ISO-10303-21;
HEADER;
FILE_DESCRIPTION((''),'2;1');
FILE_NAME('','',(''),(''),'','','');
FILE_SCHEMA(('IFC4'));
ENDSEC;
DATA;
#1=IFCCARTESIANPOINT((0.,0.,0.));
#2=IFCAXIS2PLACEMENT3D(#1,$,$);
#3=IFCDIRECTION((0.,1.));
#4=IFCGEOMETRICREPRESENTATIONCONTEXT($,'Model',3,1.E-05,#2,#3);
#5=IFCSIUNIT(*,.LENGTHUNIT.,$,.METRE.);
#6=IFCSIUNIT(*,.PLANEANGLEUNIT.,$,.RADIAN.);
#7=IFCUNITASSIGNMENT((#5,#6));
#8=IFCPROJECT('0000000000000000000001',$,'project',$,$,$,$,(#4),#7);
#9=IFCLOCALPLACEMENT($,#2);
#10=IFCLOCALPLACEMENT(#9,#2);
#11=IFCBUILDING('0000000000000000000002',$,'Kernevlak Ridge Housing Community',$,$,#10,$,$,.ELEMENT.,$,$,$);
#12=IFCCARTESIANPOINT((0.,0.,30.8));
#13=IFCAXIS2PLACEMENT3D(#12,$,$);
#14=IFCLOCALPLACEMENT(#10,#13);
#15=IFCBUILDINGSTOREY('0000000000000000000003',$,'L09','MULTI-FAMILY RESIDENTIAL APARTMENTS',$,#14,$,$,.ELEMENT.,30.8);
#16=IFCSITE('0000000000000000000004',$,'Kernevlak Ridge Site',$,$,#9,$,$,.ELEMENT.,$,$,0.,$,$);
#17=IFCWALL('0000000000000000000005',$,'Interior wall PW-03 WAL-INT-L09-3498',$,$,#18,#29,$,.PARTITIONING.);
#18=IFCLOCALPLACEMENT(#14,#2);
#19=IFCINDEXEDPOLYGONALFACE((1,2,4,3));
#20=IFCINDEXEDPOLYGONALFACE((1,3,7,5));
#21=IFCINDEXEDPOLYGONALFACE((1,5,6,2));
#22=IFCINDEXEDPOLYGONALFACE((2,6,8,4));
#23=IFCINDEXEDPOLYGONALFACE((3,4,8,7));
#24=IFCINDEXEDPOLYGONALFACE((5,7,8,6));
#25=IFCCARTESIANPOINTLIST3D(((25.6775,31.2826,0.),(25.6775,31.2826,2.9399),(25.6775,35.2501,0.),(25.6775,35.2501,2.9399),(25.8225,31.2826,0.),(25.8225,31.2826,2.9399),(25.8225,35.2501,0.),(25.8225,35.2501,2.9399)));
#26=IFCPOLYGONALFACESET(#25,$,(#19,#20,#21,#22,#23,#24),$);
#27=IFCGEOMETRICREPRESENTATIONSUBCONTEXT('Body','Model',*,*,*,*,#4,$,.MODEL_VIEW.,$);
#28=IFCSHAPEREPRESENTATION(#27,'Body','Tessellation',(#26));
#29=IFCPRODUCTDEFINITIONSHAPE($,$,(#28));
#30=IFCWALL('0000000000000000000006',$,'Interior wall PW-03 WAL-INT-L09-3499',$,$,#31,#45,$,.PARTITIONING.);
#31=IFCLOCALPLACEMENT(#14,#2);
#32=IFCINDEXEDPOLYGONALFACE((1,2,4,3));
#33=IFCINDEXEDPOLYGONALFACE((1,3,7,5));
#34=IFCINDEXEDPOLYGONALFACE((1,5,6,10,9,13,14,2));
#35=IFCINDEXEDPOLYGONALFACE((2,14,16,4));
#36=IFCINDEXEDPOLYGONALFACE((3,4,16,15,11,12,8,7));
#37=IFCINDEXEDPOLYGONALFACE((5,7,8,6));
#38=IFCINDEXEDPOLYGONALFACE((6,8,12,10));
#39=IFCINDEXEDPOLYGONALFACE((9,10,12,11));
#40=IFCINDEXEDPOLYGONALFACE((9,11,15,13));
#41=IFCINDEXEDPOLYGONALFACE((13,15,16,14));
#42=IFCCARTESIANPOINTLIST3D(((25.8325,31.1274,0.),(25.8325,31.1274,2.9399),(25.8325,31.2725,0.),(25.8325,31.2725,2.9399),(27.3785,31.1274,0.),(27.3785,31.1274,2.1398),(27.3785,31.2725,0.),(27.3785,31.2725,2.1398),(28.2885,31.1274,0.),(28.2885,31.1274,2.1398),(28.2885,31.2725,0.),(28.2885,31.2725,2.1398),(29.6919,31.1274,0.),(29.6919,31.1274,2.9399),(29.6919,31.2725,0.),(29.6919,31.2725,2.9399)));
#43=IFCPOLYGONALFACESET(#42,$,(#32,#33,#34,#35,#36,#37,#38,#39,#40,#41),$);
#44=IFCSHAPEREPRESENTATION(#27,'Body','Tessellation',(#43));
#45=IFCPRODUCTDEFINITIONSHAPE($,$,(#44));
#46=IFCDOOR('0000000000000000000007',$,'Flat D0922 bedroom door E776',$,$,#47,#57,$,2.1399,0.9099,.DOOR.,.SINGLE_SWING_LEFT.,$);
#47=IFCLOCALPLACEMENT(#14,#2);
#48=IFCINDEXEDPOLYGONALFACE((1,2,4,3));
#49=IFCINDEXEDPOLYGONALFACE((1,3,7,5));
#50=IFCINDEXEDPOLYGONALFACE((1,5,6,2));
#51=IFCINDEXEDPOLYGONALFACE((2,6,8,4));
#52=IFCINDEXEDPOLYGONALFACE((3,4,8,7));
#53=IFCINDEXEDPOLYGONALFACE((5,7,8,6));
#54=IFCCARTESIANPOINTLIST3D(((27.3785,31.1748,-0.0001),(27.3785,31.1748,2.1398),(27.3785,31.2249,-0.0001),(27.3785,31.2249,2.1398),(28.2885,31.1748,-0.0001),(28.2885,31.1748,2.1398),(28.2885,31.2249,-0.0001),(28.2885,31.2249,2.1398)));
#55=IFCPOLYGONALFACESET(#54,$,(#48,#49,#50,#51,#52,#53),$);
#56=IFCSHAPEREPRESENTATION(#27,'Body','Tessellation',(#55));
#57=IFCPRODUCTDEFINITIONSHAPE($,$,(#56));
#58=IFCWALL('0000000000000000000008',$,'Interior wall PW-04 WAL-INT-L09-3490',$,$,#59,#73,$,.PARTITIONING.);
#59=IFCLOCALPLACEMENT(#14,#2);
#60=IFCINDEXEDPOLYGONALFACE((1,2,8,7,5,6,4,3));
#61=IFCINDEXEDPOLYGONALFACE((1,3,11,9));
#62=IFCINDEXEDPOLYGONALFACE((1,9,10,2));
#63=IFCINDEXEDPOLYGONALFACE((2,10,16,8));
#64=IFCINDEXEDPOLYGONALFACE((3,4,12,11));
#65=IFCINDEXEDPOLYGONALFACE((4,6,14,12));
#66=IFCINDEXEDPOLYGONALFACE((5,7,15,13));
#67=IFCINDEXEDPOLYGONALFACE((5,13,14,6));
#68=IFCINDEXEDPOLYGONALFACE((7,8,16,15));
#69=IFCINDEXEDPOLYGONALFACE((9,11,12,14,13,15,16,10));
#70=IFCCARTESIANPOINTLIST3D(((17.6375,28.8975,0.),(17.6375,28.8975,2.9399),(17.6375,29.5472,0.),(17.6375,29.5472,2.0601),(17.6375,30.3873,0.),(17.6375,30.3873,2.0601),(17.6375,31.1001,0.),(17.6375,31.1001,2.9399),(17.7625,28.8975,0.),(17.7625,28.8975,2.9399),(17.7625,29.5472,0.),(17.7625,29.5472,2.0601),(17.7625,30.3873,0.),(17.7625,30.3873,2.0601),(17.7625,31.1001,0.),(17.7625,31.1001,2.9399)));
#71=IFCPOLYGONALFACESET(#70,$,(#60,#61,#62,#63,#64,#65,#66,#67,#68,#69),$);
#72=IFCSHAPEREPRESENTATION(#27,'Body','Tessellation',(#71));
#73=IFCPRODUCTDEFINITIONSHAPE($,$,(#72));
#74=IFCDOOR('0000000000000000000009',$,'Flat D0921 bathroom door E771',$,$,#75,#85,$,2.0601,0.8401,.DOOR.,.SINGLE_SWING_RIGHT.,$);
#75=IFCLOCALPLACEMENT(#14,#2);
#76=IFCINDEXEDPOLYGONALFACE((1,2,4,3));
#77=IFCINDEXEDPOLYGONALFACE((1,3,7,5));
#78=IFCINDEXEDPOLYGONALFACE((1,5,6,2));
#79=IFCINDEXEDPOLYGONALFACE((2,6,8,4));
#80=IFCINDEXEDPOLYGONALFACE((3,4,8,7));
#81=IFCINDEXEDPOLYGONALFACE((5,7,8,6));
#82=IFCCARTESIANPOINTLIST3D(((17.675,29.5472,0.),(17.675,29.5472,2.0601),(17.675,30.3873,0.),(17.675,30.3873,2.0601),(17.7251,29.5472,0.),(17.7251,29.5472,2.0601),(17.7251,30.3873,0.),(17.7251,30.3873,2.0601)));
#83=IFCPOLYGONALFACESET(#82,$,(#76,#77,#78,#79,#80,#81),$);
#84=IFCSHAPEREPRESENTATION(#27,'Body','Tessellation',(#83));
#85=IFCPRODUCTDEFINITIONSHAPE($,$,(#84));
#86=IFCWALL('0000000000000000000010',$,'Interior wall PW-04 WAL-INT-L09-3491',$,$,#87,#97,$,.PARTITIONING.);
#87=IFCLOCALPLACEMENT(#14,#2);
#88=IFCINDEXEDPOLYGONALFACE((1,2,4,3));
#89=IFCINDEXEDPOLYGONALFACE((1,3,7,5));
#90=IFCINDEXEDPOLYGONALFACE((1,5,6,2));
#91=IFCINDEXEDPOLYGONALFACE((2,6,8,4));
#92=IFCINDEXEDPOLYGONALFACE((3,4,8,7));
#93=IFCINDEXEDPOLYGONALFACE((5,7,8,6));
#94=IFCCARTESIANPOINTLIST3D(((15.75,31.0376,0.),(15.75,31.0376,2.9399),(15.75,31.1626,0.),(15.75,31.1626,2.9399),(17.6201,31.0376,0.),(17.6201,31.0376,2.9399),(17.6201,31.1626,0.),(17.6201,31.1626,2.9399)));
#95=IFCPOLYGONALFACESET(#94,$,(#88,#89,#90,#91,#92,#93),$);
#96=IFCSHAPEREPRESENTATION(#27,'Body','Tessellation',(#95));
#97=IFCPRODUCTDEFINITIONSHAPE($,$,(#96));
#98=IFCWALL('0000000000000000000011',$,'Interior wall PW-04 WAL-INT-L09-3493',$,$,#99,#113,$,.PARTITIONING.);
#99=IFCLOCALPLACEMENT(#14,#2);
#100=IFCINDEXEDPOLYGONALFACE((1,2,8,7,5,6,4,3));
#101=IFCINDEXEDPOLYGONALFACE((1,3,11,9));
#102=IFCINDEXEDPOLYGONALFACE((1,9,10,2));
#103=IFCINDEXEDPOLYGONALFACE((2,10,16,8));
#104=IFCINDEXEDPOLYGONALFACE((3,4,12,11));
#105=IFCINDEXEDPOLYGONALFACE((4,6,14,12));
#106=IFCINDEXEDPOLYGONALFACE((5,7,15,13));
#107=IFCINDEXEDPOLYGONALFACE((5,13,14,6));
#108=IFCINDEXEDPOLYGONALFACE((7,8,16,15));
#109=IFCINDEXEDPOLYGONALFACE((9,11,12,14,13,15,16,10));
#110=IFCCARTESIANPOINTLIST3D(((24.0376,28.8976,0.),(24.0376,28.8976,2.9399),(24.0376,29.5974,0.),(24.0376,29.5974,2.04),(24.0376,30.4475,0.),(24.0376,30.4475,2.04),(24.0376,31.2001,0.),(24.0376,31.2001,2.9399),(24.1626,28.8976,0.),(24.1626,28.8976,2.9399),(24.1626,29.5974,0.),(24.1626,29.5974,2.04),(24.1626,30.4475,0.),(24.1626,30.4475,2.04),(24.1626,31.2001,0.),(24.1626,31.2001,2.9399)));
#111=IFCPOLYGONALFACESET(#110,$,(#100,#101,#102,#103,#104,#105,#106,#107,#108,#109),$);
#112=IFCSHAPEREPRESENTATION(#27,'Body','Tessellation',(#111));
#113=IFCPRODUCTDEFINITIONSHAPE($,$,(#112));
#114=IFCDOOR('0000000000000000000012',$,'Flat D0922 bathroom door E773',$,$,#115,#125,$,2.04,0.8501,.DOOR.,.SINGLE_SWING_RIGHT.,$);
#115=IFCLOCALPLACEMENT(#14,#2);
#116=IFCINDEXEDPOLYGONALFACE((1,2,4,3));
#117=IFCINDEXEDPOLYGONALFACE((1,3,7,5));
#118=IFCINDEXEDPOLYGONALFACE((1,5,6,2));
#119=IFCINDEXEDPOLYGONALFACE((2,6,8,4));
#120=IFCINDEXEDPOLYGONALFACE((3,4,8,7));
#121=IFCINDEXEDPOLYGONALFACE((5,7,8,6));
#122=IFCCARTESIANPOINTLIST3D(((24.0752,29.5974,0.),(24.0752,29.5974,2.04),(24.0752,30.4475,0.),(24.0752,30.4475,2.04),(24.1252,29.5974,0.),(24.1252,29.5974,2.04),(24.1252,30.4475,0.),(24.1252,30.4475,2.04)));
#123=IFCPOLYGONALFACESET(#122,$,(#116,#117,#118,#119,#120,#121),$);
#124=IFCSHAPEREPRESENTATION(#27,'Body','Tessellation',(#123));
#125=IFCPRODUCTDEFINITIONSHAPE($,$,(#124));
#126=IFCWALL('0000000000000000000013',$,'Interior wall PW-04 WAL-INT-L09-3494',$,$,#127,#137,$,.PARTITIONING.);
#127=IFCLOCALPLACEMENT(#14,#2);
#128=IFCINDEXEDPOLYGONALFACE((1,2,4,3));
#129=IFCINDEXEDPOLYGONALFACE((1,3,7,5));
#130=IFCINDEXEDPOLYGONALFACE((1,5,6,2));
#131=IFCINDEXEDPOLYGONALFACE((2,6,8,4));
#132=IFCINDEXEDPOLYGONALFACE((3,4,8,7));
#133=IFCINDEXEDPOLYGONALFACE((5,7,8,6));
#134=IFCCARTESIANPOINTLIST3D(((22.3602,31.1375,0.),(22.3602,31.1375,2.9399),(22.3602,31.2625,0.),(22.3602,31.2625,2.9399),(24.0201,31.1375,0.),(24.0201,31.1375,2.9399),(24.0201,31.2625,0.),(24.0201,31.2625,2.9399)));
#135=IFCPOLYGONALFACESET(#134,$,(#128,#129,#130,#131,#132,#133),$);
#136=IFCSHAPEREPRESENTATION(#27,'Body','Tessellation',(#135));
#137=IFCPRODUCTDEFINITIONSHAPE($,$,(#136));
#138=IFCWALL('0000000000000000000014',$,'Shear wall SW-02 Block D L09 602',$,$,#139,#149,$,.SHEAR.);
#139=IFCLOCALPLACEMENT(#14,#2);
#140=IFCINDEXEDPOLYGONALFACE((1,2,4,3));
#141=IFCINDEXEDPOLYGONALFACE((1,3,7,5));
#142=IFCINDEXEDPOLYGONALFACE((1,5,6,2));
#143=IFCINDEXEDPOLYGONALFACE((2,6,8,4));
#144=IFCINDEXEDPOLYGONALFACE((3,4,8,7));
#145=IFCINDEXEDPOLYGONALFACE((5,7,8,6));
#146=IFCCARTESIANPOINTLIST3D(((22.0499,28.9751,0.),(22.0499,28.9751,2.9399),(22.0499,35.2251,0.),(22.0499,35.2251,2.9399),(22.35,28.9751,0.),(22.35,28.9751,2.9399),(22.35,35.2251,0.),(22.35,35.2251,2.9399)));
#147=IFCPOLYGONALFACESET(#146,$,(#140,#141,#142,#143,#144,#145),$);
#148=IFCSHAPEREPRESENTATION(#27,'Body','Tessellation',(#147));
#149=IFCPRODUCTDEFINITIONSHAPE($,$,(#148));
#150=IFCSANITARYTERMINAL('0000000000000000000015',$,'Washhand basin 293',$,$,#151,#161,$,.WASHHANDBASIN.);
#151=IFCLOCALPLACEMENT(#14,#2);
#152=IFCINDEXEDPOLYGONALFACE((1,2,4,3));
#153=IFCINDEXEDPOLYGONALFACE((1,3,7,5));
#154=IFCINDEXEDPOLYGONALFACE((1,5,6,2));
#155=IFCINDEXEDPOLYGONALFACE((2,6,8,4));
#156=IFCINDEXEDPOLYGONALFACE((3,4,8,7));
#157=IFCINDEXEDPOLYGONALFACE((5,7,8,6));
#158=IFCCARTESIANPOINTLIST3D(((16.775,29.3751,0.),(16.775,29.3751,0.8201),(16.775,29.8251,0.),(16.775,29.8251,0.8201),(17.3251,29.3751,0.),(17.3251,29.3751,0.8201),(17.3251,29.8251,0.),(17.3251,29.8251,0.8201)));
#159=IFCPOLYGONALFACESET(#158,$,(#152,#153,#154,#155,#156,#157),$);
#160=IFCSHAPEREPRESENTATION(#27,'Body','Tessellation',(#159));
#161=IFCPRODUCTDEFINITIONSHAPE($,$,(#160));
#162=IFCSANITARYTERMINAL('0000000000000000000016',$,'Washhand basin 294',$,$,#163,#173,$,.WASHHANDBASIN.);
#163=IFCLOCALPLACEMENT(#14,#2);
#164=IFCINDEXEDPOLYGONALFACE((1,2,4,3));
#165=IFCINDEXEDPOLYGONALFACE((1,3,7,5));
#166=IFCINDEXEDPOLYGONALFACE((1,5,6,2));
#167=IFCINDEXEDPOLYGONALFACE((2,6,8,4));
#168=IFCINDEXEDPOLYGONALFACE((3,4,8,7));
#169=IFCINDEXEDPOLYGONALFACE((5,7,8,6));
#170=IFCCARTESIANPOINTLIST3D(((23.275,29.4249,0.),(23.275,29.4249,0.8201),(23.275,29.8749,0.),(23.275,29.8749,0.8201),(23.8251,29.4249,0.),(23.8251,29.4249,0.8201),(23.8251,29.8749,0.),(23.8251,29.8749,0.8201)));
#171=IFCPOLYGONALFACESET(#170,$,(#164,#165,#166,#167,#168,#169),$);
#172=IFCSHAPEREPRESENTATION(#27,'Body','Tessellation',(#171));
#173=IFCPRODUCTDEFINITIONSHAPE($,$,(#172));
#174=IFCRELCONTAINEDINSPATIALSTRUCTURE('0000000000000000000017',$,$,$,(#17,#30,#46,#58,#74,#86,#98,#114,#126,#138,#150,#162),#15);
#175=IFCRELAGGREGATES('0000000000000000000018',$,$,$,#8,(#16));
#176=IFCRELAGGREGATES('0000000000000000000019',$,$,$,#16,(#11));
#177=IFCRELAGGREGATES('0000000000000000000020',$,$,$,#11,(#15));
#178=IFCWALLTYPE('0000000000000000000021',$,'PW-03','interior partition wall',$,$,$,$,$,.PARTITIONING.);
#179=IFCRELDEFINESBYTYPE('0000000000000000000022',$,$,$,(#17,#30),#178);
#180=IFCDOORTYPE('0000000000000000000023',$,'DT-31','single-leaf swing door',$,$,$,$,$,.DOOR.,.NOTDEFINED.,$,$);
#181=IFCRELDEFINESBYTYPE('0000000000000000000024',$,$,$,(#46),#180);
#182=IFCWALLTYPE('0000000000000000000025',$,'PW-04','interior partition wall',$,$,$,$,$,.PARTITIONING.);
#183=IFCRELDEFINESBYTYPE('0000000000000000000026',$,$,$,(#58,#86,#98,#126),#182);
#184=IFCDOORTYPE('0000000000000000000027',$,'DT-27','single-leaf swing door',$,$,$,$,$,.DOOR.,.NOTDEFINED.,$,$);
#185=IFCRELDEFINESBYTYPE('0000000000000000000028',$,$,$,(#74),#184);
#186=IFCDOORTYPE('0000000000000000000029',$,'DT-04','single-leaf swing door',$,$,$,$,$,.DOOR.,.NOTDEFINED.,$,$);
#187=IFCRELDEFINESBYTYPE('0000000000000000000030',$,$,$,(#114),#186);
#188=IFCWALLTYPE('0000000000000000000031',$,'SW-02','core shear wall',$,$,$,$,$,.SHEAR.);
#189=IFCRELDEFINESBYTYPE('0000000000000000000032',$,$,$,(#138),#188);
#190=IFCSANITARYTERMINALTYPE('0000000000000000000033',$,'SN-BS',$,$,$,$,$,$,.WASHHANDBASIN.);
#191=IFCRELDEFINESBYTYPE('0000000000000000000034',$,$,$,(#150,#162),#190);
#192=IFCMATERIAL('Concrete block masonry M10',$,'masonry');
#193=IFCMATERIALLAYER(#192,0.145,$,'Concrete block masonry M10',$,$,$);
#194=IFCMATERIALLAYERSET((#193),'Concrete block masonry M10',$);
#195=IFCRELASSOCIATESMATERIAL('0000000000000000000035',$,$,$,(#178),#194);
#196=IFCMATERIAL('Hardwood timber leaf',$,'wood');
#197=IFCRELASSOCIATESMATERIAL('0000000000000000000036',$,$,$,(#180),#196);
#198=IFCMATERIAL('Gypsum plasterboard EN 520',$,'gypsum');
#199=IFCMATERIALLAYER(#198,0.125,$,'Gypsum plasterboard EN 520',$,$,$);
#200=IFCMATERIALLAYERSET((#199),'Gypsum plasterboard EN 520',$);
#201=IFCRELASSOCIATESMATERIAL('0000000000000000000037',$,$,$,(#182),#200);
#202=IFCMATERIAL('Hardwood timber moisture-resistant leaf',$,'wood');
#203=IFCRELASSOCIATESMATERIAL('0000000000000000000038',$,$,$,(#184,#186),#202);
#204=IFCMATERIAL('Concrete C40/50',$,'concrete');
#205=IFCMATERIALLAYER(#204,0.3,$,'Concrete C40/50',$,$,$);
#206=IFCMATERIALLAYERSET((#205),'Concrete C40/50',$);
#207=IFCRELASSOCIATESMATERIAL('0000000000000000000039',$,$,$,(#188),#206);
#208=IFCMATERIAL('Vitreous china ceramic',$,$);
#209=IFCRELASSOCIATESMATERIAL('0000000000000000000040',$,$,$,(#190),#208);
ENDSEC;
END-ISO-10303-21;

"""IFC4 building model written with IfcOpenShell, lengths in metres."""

from ifc_helpers import new_model, si_unit, direction, frame, frame_2d, origin, origin_2d, place, context, subcontext, project, spatial, rectangle, extrude, material, layer, layer_set, type_object, element, fill, save


model = new_model("IFC4")

# Units and contexts
model_context = context("Model", 3, precision=1e-05, world=origin(), true_north=direction((0.0, 1.0)))
body_context = subcontext(model_context, "Body", "Model", "MODEL_VIEW")
ifc_project = project(units=[si_unit("LENGTHUNIT", "METRE"), si_unit("PLANEANGLEUNIT", "RADIAN")], contexts=[model_context])

# Site, building, storey
site_placement = place(None, origin())
site = spatial("IfcSite", under=ifc_project, at=site_placement, Name="Kernevlak Ridge Site", CompositionType="ELEMENT", RefElevation=0.0)
building_placement = place(site_placement, origin())
building = spatial("IfcBuilding", under=site, at=building_placement, Name="Kernevlak Ridge Housing Community", CompositionType="ELEMENT")
storey_placement = place(building_placement, frame((0.0, 0.0, 30.8)))
storey = spatial("IfcBuildingStorey", under=building, at=storey_placement, Name="L09", Description="MULTI-FAMILY RESIDENTIAL APARTMENTS", CompositionType="ELEMENT", Elevation=30.8)

# Shared definitions
ifc_material_1 = material(Name="Concrete block masonry M10", Category="masonry")

# Shared definitions
ifc_layer_1 = layer(ifc_material_1, 0.145, Name="Concrete block masonry M10")
ifc_layer_set_1 = layer_set([ifc_layer_1], Name="Concrete block masonry M10")
wall_type_1 = type_object("IfcWallType", Name="PW-03", Description="interior partition wall", PredefinedType="PARTITIONING", material=ifc_layer_set_1)
ifc_material_2 = material(Name="Hardwood timber leaf", Category="wood")

# Wall
wall_1_placement = place(storey_placement, frame((25.75, 31.2825, 0.0), z_axis=(0.0, 0.0, 1.0), x_axis=(0.0, 1.0, 0.0)))
element("IfcWall", 1, at=wall_1_placement, inside=storey, type_object=wall_type_1, Name="Interior wall PW-03 WAL-INT-L09-3498", PredefinedType="PARTITIONING", context=body_context, shape_type="SweptSolid", body=[
    extrude(rectangle(XDim=3.9675, YDim=0.145, at=frame_2d((1.9839, 0.0))), origin(), (0.0, 0.0, 1.0), 2.9399),
])

# Walls, openings, doors
wall_2_placement = place(storey_placement, frame((25.8325, 31.2, 0.0), z_axis=(0.0, 0.0, 1.0), x_axis=(1.0, 0.0, 0.0)))
wall_2 = element("IfcWall", 2, at=wall_2_placement, inside=storey, type_object=wall_type_1, Name="Interior wall PW-03 WAL-INT-L09-3499", PredefinedType="PARTITIONING", context=body_context, shape_type="SweptSolid", body=[
    extrude(rectangle(XDim=3.8594, YDim=0.145, at=frame_2d((1.9297, 0.0))), origin(), (0.0, 0.0, 1.0), 2.9399),
])
opening_1_placement = place(wall_2_placement, frame((1.5459, 0.0, 0.0)))
opening_1 = element("IfcOpeningElement", 3, at=opening_1_placement, cuts=wall_2, PredefinedType="OPENING", context=body_context, shape_type="SweptSolid", body=[
    extrude(rectangle(XDim=0.9099, YDim=2.1399, at=frame_2d((0.4551, 1.0698))), frame((0.0, 0.0825, 0.0), z_axis=(0.0, -1.0, 0.0), x_axis=(1.0, 0.0, 0.0)), (0.0, 0.0, 1.0), 0.165),
])
door_type_1 = type_object("IfcDoorType", Name="DT-31", Description="single-leaf swing door", OperationType="NOTDEFINED", PredefinedType="DOOR", material=ifc_material_2)
door_1_placement = place(opening_1_placement, origin())
door_1 = element("IfcDoor", 4, at=door_1_placement, inside=storey, type_object=door_type_1, Name="Flat D0922 bedroom door E776", OperationType="SINGLE_SWING_LEFT", OverallHeight=2.1399, OverallWidth=0.9099, PredefinedType="DOOR", context=body_context, shape_type="SweptSolid", body=[
    extrude(rectangle(XDim=0.9099, YDim=2.1399, at=frame_2d((0.4551, 1.0698))), frame((0.0, 0.0249, 0.0), z_axis=(0.0, -1.0, 0.0), x_axis=(1.0, 0.0, 0.0)), (0.0, 0.0, 1.0), 0.05),
])
fill(opening_1, door_1)
ifc_material_3 = material(Name="Gypsum plasterboard EN 520", Category="gypsum")
ifc_layer_2 = layer(ifc_material_3, 0.125, Name="Gypsum plasterboard EN 520")
ifc_layer_set_2 = layer_set([ifc_layer_2], Name="Gypsum plasterboard EN 520")
wall_type_2 = type_object("IfcWallType", Name="PW-04", Description="interior partition wall", PredefinedType="PARTITIONING", material=ifc_layer_set_2)
wall_3_placement = place(storey_placement, frame((17.7, 28.8975, 0.0), z_axis=(0.0, 0.0, 1.0), x_axis=(0.0, 1.0, 0.0)))
wall_3 = element("IfcWall", 5, at=wall_3_placement, inside=storey, type_object=wall_type_2, Name="Interior wall PW-04 WAL-INT-L09-3490", PredefinedType="PARTITIONING", context=body_context, shape_type="SweptSolid", body=[
    extrude(rectangle(XDim=2.2026, YDim=0.125, at=frame_2d((1.1013, 0.0))), origin(), (0.0, 0.0, 1.0), 2.9399),
])
opening_2_placement = place(wall_3_placement, frame((0.6499, 0.0, 0.0)))
opening_2 = element("IfcOpeningElement", 6, at=opening_2_placement, cuts=wall_3, PredefinedType="OPENING", context=body_context, shape_type="SweptSolid", body=[
    extrude(rectangle(XDim=0.8401, YDim=2.0601, at=frame_2d((0.4199, 1.03))), frame((0.0, 0.0725, 0.0), z_axis=(0.0, -1.0, 0.0), x_axis=(1.0, 0.0, 0.0)), (0.0, 0.0, 1.0), 0.145),
])
ifc_material_4 = material(Name="Hardwood timber moisture-resistant leaf", Category="wood")
door_type_2 = type_object("IfcDoorType", Name="DT-27", Description="single-leaf swing door", OperationType="NOTDEFINED", PredefinedType="DOOR", material=ifc_material_4)
door_2_placement = place(opening_2_placement, origin())
door_2 = element("IfcDoor", 7, at=door_2_placement, inside=storey, type_object=door_type_2, Name="Flat D0921 bathroom door E771", OperationType="SINGLE_SWING_RIGHT", OverallHeight=2.0601, OverallWidth=0.8401, PredefinedType="DOOR", context=body_context, shape_type="SweptSolid", body=[
    extrude(rectangle(XDim=0.8401, YDim=2.0601, at=frame_2d((0.4199, 1.03))), frame((0.0, 0.0249, 0.0), z_axis=(0.0, -1.0, 0.0), x_axis=(1.0, 0.0, 0.0)), (0.0, 0.0, 1.0), 0.05),
])
fill(opening_2, door_2)

# Wall
wall_4_placement = place(storey_placement, frame((15.75, 31.1001, 0.0), z_axis=(0.0, 0.0, 1.0), x_axis=(1.0, 0.0, 0.0)))
element("IfcWall", 8, at=wall_4_placement, inside=storey, type_object=wall_type_2, Name="Interior wall PW-04 WAL-INT-L09-3491", PredefinedType="PARTITIONING", context=body_context, shape_type="SweptSolid", body=[
    extrude(rectangle(XDim=1.8701, YDim=0.125, at=frame_2d((0.9351, 0.0))), origin(), (0.0, 0.0, 1.0), 2.9399),
])

# Wall, opening, door
wall_5_placement = place(storey_placement, frame((24.1001, 28.8975, 0.0), z_axis=(0.0, 0.0, 1.0), x_axis=(0.0, 1.0, 0.0)))
wall_5 = element("IfcWall", 9, at=wall_5_placement, inside=storey, type_object=wall_type_2, Name="Interior wall PW-04 WAL-INT-L09-3493", PredefinedType="PARTITIONING", context=body_context, shape_type="SweptSolid", body=[
    extrude(rectangle(XDim=2.3025, YDim=0.125, at=frame_2d((1.1514, 0.0))), origin(), (0.0, 0.0, 1.0), 2.9399),
])
opening_3_placement = place(wall_5_placement, frame((0.7, 0.0, 0.0)))
opening_3 = element("IfcOpeningElement", 10, at=opening_3_placement, cuts=wall_5, PredefinedType="OPENING", context=body_context, shape_type="SweptSolid", body=[
    extrude(rectangle(XDim=0.8501, YDim=2.04, at=frame_2d((0.425, 1.02))), frame((0.0, 0.0725, 0.0), z_axis=(0.0, -1.0, 0.0), x_axis=(1.0, 0.0, 0.0)), (0.0, 0.0, 1.0), 0.145),
])
door_type_3 = type_object("IfcDoorType", Name="DT-04", Description="single-leaf swing door", OperationType="NOTDEFINED", PredefinedType="DOOR", material=ifc_material_4)
door_3_placement = place(opening_3_placement, origin())
door_3 = element("IfcDoor", 11, at=door_3_placement, inside=storey, type_object=door_type_3, Name="Flat D0922 bathroom door E773", OperationType="SINGLE_SWING_RIGHT", OverallHeight=2.04, OverallWidth=0.8501, PredefinedType="DOOR", context=body_context, shape_type="SweptSolid", body=[
    extrude(rectangle(XDim=0.8501, YDim=2.04, at=frame_2d((0.425, 1.02))), frame((0.0, 0.0249, 0.0), z_axis=(0.0, -1.0, 0.0), x_axis=(1.0, 0.0, 0.0)), (0.0, 0.0, 1.0), 0.05),
])
fill(opening_3, door_3)

# Walls
wall_6_placement = place(storey_placement, frame((22.3601, 31.2, 0.0), z_axis=(0.0, 0.0, 1.0), x_axis=(1.0, 0.0, 0.0)))
element("IfcWall", 12, at=wall_6_placement, inside=storey, type_object=wall_type_2, Name="Interior wall PW-04 WAL-INT-L09-3494", PredefinedType="PARTITIONING", context=body_context, shape_type="SweptSolid", body=[
    extrude(rectangle(XDim=1.6599, YDim=0.125, at=frame_2d((0.8301, 0.0))), origin(), (0.0, 0.0, 1.0), 2.9399),
])
ifc_material_5 = material(Name="Concrete C40/50", Category="concrete")
ifc_layer_3 = layer(ifc_material_5, 0.3, Name="Concrete C40/50")
ifc_layer_set_3 = layer_set([ifc_layer_3], Name="Concrete C40/50")
wall_type_3 = type_object("IfcWallType", Name="SW-02", Description="core shear wall", PredefinedType="SHEAR", material=ifc_layer_set_3)
wall_7_placement = place(storey_placement, frame((22.2, 28.9751, 0.0), z_axis=(0.0, 0.0, 1.0), x_axis=(0.0, 1.0, 0.0)))
element("IfcWall", 13, at=wall_7_placement, inside=storey, type_object=wall_type_3, Name="Shear wall SW-02 Block D L09 602", PredefinedType="SHEAR", context=body_context, shape_type="SweptSolid", body=[
    extrude(rectangle(XDim=6.25, YDim=0.3, at=frame_2d((3.125, 0.0))), origin(), (0.0, 0.0, 1.0), 2.9399),
])

# Sanitary terminals
ifc_material_6 = material(Name="Vitreous china ceramic")
sanitary_terminal_type_1 = type_object("IfcSanitaryTerminalType", Name="SN-BS", PredefinedType="WASHHANDBASIN", material=ifc_material_6)
for number, where, z_axis, x_axis, name in (
    (14, (17.05, 29.6001, 0.0), (0.0, 0.0, 1.0), (1.0, 0.0, 0.0), "Washhand basin 293"),
    (15, (23.55, 29.6499, 0.0), (0.0, 0.0, 1.0), (1.0, 0.0, 0.0), "Washhand basin 294"),
):
    element("IfcSanitaryTerminal", number, at=place(storey_placement, frame(where, z_axis=z_axis, x_axis=x_axis)), inside=storey, type_object=sanitary_terminal_type_1, Name=name, PredefinedType="WASHHANDBASIN", context=body_context, shape_type="SweptSolid", body=[
        extrude(rectangle(XDim=0.55, YDim=0.45, at=origin_2d()), origin(), (0.0, 0.0, 1.0), 0.8201),
    ])

save(model, "model.ifc")
